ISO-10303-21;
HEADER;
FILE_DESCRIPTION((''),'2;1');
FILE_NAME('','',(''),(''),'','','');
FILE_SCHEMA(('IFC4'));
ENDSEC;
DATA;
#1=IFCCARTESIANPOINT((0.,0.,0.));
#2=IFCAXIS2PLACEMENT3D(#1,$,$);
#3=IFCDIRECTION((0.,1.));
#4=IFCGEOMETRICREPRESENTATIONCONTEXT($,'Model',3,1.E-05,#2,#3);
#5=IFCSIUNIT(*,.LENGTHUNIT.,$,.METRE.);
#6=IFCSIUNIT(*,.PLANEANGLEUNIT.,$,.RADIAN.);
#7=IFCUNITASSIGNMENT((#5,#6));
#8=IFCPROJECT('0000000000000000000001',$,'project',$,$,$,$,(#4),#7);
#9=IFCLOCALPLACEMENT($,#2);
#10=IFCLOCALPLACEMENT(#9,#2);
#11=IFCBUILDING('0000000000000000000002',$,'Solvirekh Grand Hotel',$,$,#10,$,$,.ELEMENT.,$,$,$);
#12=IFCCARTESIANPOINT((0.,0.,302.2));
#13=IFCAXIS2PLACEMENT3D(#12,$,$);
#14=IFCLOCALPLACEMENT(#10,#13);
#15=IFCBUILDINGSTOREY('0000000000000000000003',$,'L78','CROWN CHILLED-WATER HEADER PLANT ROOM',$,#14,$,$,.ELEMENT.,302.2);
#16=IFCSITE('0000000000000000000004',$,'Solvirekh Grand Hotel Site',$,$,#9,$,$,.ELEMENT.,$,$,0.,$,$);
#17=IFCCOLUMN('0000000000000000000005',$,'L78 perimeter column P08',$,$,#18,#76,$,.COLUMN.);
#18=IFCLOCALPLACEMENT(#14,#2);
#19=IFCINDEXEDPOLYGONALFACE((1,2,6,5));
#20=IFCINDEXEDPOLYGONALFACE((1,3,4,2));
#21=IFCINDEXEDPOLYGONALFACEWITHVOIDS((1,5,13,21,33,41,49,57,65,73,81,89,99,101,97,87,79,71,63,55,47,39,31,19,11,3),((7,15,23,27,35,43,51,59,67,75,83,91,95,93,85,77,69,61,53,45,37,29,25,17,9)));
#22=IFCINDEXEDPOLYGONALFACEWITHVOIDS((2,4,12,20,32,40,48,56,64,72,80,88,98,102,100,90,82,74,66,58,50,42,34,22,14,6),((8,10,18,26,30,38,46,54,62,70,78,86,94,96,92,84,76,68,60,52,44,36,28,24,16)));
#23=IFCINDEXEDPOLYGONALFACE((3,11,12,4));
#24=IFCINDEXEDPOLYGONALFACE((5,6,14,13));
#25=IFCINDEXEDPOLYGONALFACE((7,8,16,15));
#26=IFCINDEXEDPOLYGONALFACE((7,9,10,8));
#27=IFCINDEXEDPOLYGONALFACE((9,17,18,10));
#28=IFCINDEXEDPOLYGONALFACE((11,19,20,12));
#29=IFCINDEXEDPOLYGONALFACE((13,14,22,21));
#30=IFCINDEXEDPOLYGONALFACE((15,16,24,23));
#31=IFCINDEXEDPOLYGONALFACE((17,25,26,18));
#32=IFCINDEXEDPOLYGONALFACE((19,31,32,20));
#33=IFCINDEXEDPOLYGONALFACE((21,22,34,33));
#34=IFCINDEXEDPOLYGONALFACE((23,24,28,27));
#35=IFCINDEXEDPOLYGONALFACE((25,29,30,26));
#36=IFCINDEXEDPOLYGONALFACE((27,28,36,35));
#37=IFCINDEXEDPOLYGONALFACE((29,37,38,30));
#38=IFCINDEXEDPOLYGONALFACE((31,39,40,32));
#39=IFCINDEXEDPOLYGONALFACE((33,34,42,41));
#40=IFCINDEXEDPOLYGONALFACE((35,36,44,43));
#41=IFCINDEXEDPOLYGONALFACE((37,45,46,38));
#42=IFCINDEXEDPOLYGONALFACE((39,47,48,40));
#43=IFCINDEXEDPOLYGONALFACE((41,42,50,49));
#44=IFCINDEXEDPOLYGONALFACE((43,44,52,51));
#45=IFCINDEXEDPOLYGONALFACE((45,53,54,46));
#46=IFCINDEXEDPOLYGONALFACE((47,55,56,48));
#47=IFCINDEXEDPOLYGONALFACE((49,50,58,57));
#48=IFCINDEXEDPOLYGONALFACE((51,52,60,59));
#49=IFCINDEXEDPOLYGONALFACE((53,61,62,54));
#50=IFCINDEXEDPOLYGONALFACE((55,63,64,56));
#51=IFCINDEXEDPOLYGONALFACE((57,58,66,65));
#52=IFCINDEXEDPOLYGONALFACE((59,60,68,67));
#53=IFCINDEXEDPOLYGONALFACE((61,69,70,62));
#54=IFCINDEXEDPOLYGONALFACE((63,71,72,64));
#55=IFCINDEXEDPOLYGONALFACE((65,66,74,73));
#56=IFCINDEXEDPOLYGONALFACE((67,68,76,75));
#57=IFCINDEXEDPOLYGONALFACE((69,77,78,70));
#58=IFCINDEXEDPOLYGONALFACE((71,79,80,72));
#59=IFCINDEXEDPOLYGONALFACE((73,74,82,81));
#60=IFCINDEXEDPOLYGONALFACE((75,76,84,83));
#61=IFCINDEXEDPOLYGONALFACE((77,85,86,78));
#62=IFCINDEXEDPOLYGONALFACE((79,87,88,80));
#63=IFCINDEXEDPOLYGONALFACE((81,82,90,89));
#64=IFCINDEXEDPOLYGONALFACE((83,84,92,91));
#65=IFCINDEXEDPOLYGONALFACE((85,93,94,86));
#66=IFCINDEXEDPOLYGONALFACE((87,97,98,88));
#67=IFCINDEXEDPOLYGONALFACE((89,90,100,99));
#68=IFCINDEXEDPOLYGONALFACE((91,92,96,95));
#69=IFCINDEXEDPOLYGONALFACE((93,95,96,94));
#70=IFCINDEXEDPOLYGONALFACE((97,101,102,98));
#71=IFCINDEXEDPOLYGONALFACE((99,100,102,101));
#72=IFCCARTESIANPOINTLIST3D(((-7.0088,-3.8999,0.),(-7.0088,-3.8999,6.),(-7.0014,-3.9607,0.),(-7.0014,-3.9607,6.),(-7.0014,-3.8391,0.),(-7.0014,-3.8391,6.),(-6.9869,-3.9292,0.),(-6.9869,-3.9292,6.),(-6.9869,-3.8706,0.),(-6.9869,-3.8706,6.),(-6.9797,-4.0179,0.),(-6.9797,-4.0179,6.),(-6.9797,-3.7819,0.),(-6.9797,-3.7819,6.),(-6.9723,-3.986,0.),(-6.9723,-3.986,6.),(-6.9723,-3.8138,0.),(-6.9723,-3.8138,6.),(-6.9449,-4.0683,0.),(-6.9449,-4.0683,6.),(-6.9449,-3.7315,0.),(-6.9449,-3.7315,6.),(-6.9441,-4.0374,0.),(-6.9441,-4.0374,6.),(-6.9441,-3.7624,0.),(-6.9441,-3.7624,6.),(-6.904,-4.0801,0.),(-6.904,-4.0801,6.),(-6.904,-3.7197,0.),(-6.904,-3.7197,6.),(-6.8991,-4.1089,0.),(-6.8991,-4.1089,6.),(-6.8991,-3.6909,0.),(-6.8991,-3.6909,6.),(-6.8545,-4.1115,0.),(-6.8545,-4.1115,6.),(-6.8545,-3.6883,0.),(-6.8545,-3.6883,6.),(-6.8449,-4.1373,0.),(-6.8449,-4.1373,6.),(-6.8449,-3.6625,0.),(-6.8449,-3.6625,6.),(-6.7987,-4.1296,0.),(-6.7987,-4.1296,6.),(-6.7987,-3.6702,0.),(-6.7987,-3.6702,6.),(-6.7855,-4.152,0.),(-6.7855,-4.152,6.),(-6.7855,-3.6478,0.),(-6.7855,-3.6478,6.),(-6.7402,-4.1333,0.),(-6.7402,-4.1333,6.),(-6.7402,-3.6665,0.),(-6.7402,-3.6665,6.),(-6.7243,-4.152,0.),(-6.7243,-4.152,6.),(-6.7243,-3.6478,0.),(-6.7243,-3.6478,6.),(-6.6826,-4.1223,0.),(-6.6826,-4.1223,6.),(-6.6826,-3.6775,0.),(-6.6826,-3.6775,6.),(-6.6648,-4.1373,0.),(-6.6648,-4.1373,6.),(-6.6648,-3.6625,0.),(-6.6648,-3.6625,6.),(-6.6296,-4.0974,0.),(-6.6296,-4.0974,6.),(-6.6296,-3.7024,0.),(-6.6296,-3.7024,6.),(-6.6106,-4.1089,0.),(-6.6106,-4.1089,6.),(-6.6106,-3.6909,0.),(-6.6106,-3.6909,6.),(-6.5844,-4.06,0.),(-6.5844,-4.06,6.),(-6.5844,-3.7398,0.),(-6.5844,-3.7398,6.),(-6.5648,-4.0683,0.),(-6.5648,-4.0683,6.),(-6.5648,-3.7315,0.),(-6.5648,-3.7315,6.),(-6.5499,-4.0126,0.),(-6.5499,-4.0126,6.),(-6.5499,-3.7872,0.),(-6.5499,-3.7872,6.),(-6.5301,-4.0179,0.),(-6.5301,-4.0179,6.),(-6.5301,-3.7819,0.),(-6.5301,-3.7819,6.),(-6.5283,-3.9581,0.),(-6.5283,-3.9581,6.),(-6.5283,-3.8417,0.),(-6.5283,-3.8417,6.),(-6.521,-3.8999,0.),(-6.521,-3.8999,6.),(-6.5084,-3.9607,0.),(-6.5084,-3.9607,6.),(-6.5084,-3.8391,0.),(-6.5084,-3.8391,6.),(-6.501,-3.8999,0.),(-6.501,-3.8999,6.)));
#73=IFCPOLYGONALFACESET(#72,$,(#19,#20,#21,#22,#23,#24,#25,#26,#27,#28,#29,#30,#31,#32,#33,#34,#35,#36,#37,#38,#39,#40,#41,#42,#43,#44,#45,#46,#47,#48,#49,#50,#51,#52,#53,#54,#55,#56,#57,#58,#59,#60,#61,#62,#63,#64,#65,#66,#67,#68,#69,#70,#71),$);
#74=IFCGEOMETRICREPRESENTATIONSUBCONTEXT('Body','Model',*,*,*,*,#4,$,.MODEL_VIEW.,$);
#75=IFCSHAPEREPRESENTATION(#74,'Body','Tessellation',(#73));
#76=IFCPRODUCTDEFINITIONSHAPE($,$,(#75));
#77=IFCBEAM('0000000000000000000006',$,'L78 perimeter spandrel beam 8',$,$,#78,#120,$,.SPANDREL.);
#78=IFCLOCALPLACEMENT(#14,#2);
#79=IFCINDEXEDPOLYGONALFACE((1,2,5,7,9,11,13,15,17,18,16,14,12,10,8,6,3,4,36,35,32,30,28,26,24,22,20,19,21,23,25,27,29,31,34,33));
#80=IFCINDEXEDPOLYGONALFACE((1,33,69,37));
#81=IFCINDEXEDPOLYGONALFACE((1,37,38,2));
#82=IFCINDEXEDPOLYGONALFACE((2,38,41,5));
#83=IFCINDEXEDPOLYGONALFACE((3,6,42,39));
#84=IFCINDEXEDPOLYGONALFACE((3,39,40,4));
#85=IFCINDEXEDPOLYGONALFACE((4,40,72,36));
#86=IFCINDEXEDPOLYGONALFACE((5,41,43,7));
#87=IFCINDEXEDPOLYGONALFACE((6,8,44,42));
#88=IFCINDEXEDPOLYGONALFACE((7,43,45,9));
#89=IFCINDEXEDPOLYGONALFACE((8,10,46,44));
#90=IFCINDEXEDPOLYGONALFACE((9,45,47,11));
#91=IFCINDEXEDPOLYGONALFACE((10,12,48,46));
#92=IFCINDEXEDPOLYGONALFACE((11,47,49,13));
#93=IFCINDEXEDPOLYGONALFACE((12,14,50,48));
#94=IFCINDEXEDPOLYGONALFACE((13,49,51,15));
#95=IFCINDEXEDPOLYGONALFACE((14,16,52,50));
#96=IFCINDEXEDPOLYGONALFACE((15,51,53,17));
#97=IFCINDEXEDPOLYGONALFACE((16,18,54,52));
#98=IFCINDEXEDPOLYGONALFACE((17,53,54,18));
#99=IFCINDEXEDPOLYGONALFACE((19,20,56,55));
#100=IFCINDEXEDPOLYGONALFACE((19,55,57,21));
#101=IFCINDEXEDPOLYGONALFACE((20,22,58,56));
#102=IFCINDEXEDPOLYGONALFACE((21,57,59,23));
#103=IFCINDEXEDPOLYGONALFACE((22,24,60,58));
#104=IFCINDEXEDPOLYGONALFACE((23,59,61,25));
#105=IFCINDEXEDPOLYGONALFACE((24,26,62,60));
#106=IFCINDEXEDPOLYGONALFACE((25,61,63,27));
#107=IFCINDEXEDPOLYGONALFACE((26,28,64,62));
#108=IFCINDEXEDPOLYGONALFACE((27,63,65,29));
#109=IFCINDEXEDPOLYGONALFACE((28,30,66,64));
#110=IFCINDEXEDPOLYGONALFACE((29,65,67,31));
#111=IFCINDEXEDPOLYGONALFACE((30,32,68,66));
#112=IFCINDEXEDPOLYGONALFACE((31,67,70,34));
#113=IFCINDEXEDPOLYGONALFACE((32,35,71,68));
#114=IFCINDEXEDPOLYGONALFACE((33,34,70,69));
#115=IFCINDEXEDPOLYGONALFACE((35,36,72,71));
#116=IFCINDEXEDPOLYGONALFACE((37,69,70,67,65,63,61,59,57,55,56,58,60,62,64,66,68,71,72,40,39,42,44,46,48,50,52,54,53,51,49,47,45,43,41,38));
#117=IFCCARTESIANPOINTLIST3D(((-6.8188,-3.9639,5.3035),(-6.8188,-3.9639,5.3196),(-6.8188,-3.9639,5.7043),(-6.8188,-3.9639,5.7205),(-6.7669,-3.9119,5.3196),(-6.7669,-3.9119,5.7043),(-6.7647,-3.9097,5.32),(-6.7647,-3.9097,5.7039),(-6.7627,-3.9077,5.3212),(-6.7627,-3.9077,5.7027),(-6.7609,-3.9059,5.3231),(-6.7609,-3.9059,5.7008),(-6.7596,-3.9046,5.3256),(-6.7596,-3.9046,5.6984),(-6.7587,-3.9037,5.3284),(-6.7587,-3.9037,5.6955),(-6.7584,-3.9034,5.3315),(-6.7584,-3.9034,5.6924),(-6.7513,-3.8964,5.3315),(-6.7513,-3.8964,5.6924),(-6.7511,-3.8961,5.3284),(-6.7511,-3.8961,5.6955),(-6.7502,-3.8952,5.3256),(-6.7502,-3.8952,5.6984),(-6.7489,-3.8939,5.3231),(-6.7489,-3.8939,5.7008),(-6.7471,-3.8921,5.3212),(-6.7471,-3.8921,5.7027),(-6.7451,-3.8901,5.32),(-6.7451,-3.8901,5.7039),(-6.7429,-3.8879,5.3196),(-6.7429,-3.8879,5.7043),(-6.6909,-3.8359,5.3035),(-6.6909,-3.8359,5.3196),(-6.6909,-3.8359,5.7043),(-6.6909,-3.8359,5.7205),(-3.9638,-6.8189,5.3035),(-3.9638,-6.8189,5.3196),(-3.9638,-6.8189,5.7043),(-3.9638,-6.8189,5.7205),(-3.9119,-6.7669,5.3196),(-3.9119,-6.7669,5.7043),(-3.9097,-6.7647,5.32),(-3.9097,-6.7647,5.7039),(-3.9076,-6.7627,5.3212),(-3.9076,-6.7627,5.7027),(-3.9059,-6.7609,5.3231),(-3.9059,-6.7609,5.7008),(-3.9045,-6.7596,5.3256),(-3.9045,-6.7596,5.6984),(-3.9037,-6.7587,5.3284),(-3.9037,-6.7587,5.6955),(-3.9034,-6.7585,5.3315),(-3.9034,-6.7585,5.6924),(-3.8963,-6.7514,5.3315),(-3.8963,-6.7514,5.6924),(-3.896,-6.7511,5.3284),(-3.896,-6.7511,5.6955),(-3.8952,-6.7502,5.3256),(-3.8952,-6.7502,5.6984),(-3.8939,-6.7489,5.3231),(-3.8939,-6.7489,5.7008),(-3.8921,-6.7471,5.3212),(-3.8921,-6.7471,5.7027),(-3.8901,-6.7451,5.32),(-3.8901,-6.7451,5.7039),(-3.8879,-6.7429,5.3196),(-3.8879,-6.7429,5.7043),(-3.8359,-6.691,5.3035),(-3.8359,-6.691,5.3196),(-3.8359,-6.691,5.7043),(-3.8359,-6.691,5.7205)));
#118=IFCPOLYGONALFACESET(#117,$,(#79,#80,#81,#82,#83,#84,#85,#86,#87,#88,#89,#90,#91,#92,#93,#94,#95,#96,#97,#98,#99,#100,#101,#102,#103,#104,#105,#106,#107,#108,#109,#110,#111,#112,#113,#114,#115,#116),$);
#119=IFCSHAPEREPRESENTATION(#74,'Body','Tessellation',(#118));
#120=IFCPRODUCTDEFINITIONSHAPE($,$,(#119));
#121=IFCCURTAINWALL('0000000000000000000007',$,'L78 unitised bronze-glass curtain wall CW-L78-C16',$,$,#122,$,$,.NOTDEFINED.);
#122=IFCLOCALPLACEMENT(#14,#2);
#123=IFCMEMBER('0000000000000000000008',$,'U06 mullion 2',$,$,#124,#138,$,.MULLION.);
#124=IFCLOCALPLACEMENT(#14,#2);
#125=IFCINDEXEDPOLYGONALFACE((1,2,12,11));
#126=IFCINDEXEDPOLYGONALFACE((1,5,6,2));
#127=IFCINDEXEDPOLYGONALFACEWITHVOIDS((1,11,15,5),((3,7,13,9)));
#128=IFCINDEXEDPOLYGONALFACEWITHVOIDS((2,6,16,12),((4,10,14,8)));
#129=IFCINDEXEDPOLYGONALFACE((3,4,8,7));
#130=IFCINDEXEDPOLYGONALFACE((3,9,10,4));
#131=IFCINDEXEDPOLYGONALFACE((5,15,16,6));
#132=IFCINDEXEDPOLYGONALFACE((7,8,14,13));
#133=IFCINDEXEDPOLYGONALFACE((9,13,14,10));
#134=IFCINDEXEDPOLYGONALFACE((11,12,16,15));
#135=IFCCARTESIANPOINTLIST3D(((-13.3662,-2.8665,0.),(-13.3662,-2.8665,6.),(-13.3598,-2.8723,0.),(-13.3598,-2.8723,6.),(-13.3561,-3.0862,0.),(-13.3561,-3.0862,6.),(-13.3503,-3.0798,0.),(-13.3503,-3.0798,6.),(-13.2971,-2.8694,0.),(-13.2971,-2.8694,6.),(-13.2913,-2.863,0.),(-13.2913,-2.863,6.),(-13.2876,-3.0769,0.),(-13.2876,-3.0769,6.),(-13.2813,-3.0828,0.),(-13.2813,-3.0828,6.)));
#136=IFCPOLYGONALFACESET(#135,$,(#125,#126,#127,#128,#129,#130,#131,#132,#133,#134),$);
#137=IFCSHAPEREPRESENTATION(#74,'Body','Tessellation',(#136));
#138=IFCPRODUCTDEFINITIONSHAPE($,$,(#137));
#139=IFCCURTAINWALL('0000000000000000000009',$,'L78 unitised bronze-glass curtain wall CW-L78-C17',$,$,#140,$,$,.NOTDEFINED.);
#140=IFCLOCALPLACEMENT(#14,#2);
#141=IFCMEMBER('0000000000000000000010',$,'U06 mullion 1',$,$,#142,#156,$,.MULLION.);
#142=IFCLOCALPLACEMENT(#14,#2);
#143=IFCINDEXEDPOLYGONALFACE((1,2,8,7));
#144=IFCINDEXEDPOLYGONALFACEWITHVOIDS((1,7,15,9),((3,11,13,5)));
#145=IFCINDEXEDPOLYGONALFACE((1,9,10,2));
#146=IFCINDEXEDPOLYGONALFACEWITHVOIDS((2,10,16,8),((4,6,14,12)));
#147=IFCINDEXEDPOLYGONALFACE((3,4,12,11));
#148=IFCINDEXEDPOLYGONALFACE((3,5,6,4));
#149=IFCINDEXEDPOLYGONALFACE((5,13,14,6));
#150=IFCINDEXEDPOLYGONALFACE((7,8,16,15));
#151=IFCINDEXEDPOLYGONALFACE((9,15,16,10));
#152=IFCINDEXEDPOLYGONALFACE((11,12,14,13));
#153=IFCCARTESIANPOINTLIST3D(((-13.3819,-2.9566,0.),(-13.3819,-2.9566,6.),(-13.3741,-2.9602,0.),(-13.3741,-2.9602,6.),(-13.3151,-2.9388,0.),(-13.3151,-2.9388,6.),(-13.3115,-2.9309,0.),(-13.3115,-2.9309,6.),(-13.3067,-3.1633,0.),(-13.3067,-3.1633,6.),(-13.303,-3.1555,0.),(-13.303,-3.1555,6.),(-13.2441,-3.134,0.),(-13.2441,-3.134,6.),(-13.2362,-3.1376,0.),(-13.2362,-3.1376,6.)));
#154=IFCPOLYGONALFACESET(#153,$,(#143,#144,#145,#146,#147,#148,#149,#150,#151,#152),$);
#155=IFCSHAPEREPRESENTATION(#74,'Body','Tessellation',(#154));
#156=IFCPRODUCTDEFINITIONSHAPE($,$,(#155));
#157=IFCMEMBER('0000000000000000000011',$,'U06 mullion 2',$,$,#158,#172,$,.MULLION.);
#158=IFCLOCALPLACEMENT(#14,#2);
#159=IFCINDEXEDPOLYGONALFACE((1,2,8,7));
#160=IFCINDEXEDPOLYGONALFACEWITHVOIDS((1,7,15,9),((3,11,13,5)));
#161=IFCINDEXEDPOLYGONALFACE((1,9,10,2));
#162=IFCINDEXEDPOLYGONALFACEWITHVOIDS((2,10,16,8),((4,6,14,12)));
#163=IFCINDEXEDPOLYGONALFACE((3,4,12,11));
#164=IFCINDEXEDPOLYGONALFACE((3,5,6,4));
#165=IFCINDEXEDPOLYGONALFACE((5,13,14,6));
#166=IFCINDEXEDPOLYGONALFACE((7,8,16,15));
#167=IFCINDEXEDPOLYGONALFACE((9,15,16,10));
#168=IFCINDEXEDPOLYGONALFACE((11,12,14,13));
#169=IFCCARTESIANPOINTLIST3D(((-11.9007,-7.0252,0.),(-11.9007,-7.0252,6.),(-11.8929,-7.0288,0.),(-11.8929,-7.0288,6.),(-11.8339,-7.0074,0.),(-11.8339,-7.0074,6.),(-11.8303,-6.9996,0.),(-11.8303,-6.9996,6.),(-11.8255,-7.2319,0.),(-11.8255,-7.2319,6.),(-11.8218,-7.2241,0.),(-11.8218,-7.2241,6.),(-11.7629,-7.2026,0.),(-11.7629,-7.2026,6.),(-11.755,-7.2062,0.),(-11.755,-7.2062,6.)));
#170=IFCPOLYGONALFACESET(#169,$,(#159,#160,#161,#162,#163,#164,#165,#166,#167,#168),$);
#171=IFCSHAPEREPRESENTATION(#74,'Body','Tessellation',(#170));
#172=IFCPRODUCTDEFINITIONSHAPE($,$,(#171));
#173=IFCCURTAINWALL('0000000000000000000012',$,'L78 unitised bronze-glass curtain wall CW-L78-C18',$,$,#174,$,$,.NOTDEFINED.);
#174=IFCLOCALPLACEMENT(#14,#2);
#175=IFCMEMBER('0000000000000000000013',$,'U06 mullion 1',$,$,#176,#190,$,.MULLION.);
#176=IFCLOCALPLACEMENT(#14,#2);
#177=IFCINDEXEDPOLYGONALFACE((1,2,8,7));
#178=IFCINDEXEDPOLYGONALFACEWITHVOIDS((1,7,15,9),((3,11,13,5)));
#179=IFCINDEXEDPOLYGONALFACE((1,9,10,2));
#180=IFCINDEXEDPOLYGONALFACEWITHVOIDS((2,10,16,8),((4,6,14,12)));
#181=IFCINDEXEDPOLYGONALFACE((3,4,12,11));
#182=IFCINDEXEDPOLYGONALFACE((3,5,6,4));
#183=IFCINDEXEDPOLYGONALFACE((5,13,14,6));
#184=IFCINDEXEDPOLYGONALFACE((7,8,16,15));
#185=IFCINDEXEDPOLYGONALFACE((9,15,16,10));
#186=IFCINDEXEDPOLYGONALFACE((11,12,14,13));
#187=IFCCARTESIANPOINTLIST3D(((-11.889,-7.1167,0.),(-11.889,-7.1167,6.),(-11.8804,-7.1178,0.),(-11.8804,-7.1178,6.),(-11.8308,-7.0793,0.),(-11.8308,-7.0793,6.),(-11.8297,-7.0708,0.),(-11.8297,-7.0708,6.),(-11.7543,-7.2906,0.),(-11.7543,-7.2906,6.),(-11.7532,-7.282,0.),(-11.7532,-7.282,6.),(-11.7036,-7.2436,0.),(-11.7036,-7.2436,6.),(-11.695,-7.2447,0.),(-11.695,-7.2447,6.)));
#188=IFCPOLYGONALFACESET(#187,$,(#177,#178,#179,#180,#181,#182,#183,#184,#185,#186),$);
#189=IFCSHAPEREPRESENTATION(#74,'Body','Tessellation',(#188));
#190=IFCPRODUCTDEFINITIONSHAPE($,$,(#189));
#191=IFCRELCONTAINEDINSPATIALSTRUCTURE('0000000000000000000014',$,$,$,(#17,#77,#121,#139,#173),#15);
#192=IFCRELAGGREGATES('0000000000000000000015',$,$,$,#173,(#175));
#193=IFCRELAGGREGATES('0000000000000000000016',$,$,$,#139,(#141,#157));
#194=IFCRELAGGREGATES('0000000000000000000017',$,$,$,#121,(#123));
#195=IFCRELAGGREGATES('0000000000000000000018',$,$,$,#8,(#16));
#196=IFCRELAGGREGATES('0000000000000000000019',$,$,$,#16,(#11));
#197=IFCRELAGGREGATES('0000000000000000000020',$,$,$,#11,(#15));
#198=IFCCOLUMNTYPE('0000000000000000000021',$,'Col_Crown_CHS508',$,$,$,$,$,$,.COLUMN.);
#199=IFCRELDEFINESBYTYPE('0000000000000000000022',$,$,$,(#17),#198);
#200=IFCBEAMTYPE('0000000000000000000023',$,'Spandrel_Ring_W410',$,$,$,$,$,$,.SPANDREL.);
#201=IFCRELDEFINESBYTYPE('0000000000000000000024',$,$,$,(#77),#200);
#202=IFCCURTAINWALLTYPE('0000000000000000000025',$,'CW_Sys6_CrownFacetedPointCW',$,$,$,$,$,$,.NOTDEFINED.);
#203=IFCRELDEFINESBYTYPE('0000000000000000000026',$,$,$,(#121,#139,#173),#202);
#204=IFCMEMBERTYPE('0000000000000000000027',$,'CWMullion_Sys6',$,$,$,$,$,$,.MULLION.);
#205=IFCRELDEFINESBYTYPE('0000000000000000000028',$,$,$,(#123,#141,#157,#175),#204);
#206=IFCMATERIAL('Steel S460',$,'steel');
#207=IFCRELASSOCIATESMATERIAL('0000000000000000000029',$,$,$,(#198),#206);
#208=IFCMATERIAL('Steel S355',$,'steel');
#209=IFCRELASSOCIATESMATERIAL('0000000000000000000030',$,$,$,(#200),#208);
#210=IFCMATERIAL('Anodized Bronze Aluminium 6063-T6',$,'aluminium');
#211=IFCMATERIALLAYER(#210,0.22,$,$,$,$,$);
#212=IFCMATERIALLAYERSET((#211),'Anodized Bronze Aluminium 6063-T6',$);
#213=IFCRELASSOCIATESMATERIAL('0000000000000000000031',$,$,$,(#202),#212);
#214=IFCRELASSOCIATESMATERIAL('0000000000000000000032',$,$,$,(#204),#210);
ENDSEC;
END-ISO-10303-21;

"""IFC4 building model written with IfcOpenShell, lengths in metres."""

from ifc_helpers import new_model, si_unit, direction, frame, origin, origin_2d, place, context, subcontext, project, spatial, hollow_rectangle, hollow_circle, i_section, extrude, source, transform, mapped, material, layer, layer_set, material_profile, profile_set, type_object, element, aggregate, save


model = new_model("IFC4")

# Units and contexts
model_context = context("Model", 3, precision=1e-05, world=origin(), true_north=direction((0.0, 1.0)))
body_context = subcontext(model_context, "Body", "Model", "MODEL_VIEW")
ifc_project = project(units=[si_unit("LENGTHUNIT", "METRE"), si_unit("PLANEANGLEUNIT", "RADIAN")], contexts=[model_context])

# Site, building, storey
site_placement = place(None, origin())
site = spatial("IfcSite", under=ifc_project, at=site_placement, Name="Solvirekh Grand Hotel Site", CompositionType="ELEMENT", RefElevation=0.0)
building_placement = place(site_placement, origin())
building = spatial("IfcBuilding", under=site, at=building_placement, Name="Solvirekh Grand Hotel", CompositionType="ELEMENT")
storey_placement = place(building_placement, frame((0.0, 0.0, 302.2)))
storey = spatial("IfcBuildingStorey", under=building, at=storey_placement, Name="L78", Description="CROWN CHILLED-WATER HEADER PLANT ROOM", CompositionType="ELEMENT", Elevation=302.2)

# Column
ifc_material_1 = material(Name="Steel S460", Category="steel")
ifc_material_profile_1 = material_profile(ifc_material_1, hollow_circle(Radius=0.2539, WallThickness=0.02, at=origin_2d()), Name="CHS 508X20")
ifc_profile_set_1 = profile_set([ifc_material_profile_1], Name="Steel S460")
column_type = type_object("IfcColumnType", Name="Col_Crown_CHS508", PredefinedType="COLUMN", material=ifc_profile_set_1)
column_placement = place(storey_placement, frame((-6.7549, -3.8999, 0.0), z_axis=(0.0, 0.0, 1.0), x_axis=(1.0, 0.0, 0.0)))
element("IfcColumn", 1, at=column_placement, inside=storey, type_object=column_type, Name="L78 perimeter column P08", PredefinedType="COLUMN", context=body_context, shape_type="SweptSolid", body=[
    extrude(hollow_circle(Radius=0.2539, WallThickness=0.02, at=origin_2d()), origin(), (0.0, 0.0, 1.0), 6.0),
])

# Beam
ifc_material_2 = material(Name="Steel S355", Category="steel")
ifc_material_profile_2 = material_profile(ifc_material_2, i_section(OverallWidth=0.1809, OverallDepth=0.417, WebThickness=0.01, FlangeThickness=0.0161, FilletRadius=0.012, at=origin_2d()), Name="W410X85")
ifc_profile_set_2 = profile_set([ifc_material_profile_2], Name="Steel S355")
beam_type = type_object("IfcBeamType", Name="Spandrel_Ring_W410", PredefinedType="SPANDREL", material=ifc_profile_set_2)
beam_placement = place(storey_placement, frame((-6.7549, -3.8999, 5.512), z_axis=(0.707107, -0.707107, 0.0), x_axis=(0.707107, 0.707107, 0.0)))
element("IfcBeam", 2, at=beam_placement, inside=storey, type_object=beam_type, Name="L78 perimeter spandrel beam 8", PredefinedType="SPANDREL", context=body_context, shape_type="SweptSolid", body=[
    extrude(i_section(OverallWidth=0.1809, OverallDepth=0.417, WebThickness=0.01, FlangeThickness=0.0161, FilletRadius=0.012, at=origin_2d()), origin(), (0.0, 0.0, 1.0), 4.0376),
])

# Curtain wall, member
ifc_material_3 = material(Name="Anodized Bronze Aluminium 6063-T6", Category="aluminium")
ifc_layer_1 = layer(ifc_material_3, 0.22)
ifc_layer_set_1 = layer_set([ifc_layer_1], Name="Anodized Bronze Aluminium 6063-T6")
curtain_wall_type = type_object("IfcCurtainWallType", Name="CW_Sys6_CrownFacetedPointCW", PredefinedType="NOTDEFINED", material=ifc_layer_set_1)
curtain_wall_1_placement = place(storey_placement, origin())
curtain_wall_1 = element("IfcCurtainWall", 3, at=curtain_wall_1_placement, inside=storey, type_object=curtain_wall_type, Name="L78 unitised bronze-glass curtain wall CW-L78-C16", PredefinedType="NOTDEFINED")
ifc_material_profile_3 = material_profile(ifc_material_3, hollow_rectangle(XDim=0.075, YDim=0.22, WallThickness=0.0061, at=origin_2d()), Name="ALU RHS 220X75X6")
ifc_profile_set_3 = profile_set([ifc_material_profile_3], Name="Anodized Bronze Aluminium 6063-T6")
member_type_1 = type_object("IfcMemberType", Name="CWMullion_Sys6", PredefinedType="MULLION", material=ifc_profile_set_3)
shared_shape_1 = source(origin(), body_context, "Body", "SweptSolid", [
    extrude(hollow_rectangle(XDim=0.075, YDim=0.22, WallThickness=0.0061, at=origin_2d()), origin(), (0.0, 0.0, 1.0), 6.0),
])
member_1_placement = place(storey_placement, frame((-13.3237, -2.9746, 0.0), z_axis=(0.0, 0.0, 1.0), x_axis=(0.998954, 0.045735, 0.0)))
member_1 = element("IfcMember", 4, at=member_1_placement, type_object=member_type_1, Name="U06 mullion 2", PredefinedType="MULLION", context=body_context, shape_type="MappedRepresentation", body=[
    mapped(shared_shape_1, transform((0.0, 0.0, 0.0), x_axis=(1.0, 0.0, 0.0), y_axis=(0.0, 1.0, 0.0), z_axis=(0.0, 0.0, 1.0), scale=1.0)),
])

# Curtain walls, members
curtain_wall_2_placement = place(storey_placement, origin())
curtain_wall_2 = element("IfcCurtainWall", 5, at=curtain_wall_2_placement, inside=storey, type_object=curtain_wall_type, Name="L78 unitised bronze-glass curtain wall CW-L78-C17", PredefinedType="NOTDEFINED")
member_2_placement = place(storey_placement, frame((-13.3091, -3.0471, 0.0), z_axis=(0.0, 0.0, 1.0), x_axis=(0.939654, 0.342126, 0.0)))
member_2 = element("IfcMember", 6, at=member_2_placement, type_object=member_type_1, Name="U06 mullion 1", PredefinedType="MULLION", context=body_context, shape_type="MappedRepresentation", body=[
    mapped(shared_shape_1, transform((0.0, 0.0, 0.0), x_axis=(1.0, 0.0, 0.0), y_axis=(0.0, 1.0, 0.0), z_axis=(0.0, 0.0, 1.0), scale=1.0)),
])
member_3_placement = place(storey_placement, frame((-11.8279, -7.1157, 0.0), z_axis=(0.0, 0.0, 1.0), x_axis=(0.939654, 0.342126, 0.0)))
member_3 = element("IfcMember", 7, at=member_3_placement, type_object=member_type_1, Name="U06 mullion 2", PredefinedType="MULLION", context=body_context, shape_type="MappedRepresentation", body=[
    mapped(shared_shape_1, transform((0.0, 0.0, 0.0), x_axis=(1.0, 0.0, 0.0), y_axis=(0.0, 1.0, 0.0), z_axis=(0.0, 0.0, 1.0), scale=1.0)),
])
curtain_wall_3_placement = place(storey_placement, origin())
curtain_wall_3 = element("IfcCurtainWall", 8, at=curtain_wall_3_placement, inside=storey, type_object=curtain_wall_type, Name="L78 unitised bronze-glass curtain wall CW-L78-C18", PredefinedType="NOTDEFINED")
member_4_placement = place(storey_placement, frame((-11.792, -7.1807, 0.0), z_axis=(0.0, 0.0, 1.0), x_axis=(0.790551, 0.612396, 0.0)))
member_4 = element("IfcMember", 9, at=member_4_placement, type_object=member_type_1, Name="U06 mullion 1", PredefinedType="MULLION", context=body_context, shape_type="MappedRepresentation", body=[
    mapped(shared_shape_1, transform((0.0, 0.0, 0.0), x_axis=(1.0, 0.0, 0.0), y_axis=(0.0, 1.0, 0.0), z_axis=(0.0, 0.0, 1.0), scale=1.0)),
])

aggregate(curtain_wall_3, [member_4])
aggregate(curtain_wall_2, [member_2, member_3])
aggregate(curtain_wall_1, [member_1])

save(model, "model.ifc")
